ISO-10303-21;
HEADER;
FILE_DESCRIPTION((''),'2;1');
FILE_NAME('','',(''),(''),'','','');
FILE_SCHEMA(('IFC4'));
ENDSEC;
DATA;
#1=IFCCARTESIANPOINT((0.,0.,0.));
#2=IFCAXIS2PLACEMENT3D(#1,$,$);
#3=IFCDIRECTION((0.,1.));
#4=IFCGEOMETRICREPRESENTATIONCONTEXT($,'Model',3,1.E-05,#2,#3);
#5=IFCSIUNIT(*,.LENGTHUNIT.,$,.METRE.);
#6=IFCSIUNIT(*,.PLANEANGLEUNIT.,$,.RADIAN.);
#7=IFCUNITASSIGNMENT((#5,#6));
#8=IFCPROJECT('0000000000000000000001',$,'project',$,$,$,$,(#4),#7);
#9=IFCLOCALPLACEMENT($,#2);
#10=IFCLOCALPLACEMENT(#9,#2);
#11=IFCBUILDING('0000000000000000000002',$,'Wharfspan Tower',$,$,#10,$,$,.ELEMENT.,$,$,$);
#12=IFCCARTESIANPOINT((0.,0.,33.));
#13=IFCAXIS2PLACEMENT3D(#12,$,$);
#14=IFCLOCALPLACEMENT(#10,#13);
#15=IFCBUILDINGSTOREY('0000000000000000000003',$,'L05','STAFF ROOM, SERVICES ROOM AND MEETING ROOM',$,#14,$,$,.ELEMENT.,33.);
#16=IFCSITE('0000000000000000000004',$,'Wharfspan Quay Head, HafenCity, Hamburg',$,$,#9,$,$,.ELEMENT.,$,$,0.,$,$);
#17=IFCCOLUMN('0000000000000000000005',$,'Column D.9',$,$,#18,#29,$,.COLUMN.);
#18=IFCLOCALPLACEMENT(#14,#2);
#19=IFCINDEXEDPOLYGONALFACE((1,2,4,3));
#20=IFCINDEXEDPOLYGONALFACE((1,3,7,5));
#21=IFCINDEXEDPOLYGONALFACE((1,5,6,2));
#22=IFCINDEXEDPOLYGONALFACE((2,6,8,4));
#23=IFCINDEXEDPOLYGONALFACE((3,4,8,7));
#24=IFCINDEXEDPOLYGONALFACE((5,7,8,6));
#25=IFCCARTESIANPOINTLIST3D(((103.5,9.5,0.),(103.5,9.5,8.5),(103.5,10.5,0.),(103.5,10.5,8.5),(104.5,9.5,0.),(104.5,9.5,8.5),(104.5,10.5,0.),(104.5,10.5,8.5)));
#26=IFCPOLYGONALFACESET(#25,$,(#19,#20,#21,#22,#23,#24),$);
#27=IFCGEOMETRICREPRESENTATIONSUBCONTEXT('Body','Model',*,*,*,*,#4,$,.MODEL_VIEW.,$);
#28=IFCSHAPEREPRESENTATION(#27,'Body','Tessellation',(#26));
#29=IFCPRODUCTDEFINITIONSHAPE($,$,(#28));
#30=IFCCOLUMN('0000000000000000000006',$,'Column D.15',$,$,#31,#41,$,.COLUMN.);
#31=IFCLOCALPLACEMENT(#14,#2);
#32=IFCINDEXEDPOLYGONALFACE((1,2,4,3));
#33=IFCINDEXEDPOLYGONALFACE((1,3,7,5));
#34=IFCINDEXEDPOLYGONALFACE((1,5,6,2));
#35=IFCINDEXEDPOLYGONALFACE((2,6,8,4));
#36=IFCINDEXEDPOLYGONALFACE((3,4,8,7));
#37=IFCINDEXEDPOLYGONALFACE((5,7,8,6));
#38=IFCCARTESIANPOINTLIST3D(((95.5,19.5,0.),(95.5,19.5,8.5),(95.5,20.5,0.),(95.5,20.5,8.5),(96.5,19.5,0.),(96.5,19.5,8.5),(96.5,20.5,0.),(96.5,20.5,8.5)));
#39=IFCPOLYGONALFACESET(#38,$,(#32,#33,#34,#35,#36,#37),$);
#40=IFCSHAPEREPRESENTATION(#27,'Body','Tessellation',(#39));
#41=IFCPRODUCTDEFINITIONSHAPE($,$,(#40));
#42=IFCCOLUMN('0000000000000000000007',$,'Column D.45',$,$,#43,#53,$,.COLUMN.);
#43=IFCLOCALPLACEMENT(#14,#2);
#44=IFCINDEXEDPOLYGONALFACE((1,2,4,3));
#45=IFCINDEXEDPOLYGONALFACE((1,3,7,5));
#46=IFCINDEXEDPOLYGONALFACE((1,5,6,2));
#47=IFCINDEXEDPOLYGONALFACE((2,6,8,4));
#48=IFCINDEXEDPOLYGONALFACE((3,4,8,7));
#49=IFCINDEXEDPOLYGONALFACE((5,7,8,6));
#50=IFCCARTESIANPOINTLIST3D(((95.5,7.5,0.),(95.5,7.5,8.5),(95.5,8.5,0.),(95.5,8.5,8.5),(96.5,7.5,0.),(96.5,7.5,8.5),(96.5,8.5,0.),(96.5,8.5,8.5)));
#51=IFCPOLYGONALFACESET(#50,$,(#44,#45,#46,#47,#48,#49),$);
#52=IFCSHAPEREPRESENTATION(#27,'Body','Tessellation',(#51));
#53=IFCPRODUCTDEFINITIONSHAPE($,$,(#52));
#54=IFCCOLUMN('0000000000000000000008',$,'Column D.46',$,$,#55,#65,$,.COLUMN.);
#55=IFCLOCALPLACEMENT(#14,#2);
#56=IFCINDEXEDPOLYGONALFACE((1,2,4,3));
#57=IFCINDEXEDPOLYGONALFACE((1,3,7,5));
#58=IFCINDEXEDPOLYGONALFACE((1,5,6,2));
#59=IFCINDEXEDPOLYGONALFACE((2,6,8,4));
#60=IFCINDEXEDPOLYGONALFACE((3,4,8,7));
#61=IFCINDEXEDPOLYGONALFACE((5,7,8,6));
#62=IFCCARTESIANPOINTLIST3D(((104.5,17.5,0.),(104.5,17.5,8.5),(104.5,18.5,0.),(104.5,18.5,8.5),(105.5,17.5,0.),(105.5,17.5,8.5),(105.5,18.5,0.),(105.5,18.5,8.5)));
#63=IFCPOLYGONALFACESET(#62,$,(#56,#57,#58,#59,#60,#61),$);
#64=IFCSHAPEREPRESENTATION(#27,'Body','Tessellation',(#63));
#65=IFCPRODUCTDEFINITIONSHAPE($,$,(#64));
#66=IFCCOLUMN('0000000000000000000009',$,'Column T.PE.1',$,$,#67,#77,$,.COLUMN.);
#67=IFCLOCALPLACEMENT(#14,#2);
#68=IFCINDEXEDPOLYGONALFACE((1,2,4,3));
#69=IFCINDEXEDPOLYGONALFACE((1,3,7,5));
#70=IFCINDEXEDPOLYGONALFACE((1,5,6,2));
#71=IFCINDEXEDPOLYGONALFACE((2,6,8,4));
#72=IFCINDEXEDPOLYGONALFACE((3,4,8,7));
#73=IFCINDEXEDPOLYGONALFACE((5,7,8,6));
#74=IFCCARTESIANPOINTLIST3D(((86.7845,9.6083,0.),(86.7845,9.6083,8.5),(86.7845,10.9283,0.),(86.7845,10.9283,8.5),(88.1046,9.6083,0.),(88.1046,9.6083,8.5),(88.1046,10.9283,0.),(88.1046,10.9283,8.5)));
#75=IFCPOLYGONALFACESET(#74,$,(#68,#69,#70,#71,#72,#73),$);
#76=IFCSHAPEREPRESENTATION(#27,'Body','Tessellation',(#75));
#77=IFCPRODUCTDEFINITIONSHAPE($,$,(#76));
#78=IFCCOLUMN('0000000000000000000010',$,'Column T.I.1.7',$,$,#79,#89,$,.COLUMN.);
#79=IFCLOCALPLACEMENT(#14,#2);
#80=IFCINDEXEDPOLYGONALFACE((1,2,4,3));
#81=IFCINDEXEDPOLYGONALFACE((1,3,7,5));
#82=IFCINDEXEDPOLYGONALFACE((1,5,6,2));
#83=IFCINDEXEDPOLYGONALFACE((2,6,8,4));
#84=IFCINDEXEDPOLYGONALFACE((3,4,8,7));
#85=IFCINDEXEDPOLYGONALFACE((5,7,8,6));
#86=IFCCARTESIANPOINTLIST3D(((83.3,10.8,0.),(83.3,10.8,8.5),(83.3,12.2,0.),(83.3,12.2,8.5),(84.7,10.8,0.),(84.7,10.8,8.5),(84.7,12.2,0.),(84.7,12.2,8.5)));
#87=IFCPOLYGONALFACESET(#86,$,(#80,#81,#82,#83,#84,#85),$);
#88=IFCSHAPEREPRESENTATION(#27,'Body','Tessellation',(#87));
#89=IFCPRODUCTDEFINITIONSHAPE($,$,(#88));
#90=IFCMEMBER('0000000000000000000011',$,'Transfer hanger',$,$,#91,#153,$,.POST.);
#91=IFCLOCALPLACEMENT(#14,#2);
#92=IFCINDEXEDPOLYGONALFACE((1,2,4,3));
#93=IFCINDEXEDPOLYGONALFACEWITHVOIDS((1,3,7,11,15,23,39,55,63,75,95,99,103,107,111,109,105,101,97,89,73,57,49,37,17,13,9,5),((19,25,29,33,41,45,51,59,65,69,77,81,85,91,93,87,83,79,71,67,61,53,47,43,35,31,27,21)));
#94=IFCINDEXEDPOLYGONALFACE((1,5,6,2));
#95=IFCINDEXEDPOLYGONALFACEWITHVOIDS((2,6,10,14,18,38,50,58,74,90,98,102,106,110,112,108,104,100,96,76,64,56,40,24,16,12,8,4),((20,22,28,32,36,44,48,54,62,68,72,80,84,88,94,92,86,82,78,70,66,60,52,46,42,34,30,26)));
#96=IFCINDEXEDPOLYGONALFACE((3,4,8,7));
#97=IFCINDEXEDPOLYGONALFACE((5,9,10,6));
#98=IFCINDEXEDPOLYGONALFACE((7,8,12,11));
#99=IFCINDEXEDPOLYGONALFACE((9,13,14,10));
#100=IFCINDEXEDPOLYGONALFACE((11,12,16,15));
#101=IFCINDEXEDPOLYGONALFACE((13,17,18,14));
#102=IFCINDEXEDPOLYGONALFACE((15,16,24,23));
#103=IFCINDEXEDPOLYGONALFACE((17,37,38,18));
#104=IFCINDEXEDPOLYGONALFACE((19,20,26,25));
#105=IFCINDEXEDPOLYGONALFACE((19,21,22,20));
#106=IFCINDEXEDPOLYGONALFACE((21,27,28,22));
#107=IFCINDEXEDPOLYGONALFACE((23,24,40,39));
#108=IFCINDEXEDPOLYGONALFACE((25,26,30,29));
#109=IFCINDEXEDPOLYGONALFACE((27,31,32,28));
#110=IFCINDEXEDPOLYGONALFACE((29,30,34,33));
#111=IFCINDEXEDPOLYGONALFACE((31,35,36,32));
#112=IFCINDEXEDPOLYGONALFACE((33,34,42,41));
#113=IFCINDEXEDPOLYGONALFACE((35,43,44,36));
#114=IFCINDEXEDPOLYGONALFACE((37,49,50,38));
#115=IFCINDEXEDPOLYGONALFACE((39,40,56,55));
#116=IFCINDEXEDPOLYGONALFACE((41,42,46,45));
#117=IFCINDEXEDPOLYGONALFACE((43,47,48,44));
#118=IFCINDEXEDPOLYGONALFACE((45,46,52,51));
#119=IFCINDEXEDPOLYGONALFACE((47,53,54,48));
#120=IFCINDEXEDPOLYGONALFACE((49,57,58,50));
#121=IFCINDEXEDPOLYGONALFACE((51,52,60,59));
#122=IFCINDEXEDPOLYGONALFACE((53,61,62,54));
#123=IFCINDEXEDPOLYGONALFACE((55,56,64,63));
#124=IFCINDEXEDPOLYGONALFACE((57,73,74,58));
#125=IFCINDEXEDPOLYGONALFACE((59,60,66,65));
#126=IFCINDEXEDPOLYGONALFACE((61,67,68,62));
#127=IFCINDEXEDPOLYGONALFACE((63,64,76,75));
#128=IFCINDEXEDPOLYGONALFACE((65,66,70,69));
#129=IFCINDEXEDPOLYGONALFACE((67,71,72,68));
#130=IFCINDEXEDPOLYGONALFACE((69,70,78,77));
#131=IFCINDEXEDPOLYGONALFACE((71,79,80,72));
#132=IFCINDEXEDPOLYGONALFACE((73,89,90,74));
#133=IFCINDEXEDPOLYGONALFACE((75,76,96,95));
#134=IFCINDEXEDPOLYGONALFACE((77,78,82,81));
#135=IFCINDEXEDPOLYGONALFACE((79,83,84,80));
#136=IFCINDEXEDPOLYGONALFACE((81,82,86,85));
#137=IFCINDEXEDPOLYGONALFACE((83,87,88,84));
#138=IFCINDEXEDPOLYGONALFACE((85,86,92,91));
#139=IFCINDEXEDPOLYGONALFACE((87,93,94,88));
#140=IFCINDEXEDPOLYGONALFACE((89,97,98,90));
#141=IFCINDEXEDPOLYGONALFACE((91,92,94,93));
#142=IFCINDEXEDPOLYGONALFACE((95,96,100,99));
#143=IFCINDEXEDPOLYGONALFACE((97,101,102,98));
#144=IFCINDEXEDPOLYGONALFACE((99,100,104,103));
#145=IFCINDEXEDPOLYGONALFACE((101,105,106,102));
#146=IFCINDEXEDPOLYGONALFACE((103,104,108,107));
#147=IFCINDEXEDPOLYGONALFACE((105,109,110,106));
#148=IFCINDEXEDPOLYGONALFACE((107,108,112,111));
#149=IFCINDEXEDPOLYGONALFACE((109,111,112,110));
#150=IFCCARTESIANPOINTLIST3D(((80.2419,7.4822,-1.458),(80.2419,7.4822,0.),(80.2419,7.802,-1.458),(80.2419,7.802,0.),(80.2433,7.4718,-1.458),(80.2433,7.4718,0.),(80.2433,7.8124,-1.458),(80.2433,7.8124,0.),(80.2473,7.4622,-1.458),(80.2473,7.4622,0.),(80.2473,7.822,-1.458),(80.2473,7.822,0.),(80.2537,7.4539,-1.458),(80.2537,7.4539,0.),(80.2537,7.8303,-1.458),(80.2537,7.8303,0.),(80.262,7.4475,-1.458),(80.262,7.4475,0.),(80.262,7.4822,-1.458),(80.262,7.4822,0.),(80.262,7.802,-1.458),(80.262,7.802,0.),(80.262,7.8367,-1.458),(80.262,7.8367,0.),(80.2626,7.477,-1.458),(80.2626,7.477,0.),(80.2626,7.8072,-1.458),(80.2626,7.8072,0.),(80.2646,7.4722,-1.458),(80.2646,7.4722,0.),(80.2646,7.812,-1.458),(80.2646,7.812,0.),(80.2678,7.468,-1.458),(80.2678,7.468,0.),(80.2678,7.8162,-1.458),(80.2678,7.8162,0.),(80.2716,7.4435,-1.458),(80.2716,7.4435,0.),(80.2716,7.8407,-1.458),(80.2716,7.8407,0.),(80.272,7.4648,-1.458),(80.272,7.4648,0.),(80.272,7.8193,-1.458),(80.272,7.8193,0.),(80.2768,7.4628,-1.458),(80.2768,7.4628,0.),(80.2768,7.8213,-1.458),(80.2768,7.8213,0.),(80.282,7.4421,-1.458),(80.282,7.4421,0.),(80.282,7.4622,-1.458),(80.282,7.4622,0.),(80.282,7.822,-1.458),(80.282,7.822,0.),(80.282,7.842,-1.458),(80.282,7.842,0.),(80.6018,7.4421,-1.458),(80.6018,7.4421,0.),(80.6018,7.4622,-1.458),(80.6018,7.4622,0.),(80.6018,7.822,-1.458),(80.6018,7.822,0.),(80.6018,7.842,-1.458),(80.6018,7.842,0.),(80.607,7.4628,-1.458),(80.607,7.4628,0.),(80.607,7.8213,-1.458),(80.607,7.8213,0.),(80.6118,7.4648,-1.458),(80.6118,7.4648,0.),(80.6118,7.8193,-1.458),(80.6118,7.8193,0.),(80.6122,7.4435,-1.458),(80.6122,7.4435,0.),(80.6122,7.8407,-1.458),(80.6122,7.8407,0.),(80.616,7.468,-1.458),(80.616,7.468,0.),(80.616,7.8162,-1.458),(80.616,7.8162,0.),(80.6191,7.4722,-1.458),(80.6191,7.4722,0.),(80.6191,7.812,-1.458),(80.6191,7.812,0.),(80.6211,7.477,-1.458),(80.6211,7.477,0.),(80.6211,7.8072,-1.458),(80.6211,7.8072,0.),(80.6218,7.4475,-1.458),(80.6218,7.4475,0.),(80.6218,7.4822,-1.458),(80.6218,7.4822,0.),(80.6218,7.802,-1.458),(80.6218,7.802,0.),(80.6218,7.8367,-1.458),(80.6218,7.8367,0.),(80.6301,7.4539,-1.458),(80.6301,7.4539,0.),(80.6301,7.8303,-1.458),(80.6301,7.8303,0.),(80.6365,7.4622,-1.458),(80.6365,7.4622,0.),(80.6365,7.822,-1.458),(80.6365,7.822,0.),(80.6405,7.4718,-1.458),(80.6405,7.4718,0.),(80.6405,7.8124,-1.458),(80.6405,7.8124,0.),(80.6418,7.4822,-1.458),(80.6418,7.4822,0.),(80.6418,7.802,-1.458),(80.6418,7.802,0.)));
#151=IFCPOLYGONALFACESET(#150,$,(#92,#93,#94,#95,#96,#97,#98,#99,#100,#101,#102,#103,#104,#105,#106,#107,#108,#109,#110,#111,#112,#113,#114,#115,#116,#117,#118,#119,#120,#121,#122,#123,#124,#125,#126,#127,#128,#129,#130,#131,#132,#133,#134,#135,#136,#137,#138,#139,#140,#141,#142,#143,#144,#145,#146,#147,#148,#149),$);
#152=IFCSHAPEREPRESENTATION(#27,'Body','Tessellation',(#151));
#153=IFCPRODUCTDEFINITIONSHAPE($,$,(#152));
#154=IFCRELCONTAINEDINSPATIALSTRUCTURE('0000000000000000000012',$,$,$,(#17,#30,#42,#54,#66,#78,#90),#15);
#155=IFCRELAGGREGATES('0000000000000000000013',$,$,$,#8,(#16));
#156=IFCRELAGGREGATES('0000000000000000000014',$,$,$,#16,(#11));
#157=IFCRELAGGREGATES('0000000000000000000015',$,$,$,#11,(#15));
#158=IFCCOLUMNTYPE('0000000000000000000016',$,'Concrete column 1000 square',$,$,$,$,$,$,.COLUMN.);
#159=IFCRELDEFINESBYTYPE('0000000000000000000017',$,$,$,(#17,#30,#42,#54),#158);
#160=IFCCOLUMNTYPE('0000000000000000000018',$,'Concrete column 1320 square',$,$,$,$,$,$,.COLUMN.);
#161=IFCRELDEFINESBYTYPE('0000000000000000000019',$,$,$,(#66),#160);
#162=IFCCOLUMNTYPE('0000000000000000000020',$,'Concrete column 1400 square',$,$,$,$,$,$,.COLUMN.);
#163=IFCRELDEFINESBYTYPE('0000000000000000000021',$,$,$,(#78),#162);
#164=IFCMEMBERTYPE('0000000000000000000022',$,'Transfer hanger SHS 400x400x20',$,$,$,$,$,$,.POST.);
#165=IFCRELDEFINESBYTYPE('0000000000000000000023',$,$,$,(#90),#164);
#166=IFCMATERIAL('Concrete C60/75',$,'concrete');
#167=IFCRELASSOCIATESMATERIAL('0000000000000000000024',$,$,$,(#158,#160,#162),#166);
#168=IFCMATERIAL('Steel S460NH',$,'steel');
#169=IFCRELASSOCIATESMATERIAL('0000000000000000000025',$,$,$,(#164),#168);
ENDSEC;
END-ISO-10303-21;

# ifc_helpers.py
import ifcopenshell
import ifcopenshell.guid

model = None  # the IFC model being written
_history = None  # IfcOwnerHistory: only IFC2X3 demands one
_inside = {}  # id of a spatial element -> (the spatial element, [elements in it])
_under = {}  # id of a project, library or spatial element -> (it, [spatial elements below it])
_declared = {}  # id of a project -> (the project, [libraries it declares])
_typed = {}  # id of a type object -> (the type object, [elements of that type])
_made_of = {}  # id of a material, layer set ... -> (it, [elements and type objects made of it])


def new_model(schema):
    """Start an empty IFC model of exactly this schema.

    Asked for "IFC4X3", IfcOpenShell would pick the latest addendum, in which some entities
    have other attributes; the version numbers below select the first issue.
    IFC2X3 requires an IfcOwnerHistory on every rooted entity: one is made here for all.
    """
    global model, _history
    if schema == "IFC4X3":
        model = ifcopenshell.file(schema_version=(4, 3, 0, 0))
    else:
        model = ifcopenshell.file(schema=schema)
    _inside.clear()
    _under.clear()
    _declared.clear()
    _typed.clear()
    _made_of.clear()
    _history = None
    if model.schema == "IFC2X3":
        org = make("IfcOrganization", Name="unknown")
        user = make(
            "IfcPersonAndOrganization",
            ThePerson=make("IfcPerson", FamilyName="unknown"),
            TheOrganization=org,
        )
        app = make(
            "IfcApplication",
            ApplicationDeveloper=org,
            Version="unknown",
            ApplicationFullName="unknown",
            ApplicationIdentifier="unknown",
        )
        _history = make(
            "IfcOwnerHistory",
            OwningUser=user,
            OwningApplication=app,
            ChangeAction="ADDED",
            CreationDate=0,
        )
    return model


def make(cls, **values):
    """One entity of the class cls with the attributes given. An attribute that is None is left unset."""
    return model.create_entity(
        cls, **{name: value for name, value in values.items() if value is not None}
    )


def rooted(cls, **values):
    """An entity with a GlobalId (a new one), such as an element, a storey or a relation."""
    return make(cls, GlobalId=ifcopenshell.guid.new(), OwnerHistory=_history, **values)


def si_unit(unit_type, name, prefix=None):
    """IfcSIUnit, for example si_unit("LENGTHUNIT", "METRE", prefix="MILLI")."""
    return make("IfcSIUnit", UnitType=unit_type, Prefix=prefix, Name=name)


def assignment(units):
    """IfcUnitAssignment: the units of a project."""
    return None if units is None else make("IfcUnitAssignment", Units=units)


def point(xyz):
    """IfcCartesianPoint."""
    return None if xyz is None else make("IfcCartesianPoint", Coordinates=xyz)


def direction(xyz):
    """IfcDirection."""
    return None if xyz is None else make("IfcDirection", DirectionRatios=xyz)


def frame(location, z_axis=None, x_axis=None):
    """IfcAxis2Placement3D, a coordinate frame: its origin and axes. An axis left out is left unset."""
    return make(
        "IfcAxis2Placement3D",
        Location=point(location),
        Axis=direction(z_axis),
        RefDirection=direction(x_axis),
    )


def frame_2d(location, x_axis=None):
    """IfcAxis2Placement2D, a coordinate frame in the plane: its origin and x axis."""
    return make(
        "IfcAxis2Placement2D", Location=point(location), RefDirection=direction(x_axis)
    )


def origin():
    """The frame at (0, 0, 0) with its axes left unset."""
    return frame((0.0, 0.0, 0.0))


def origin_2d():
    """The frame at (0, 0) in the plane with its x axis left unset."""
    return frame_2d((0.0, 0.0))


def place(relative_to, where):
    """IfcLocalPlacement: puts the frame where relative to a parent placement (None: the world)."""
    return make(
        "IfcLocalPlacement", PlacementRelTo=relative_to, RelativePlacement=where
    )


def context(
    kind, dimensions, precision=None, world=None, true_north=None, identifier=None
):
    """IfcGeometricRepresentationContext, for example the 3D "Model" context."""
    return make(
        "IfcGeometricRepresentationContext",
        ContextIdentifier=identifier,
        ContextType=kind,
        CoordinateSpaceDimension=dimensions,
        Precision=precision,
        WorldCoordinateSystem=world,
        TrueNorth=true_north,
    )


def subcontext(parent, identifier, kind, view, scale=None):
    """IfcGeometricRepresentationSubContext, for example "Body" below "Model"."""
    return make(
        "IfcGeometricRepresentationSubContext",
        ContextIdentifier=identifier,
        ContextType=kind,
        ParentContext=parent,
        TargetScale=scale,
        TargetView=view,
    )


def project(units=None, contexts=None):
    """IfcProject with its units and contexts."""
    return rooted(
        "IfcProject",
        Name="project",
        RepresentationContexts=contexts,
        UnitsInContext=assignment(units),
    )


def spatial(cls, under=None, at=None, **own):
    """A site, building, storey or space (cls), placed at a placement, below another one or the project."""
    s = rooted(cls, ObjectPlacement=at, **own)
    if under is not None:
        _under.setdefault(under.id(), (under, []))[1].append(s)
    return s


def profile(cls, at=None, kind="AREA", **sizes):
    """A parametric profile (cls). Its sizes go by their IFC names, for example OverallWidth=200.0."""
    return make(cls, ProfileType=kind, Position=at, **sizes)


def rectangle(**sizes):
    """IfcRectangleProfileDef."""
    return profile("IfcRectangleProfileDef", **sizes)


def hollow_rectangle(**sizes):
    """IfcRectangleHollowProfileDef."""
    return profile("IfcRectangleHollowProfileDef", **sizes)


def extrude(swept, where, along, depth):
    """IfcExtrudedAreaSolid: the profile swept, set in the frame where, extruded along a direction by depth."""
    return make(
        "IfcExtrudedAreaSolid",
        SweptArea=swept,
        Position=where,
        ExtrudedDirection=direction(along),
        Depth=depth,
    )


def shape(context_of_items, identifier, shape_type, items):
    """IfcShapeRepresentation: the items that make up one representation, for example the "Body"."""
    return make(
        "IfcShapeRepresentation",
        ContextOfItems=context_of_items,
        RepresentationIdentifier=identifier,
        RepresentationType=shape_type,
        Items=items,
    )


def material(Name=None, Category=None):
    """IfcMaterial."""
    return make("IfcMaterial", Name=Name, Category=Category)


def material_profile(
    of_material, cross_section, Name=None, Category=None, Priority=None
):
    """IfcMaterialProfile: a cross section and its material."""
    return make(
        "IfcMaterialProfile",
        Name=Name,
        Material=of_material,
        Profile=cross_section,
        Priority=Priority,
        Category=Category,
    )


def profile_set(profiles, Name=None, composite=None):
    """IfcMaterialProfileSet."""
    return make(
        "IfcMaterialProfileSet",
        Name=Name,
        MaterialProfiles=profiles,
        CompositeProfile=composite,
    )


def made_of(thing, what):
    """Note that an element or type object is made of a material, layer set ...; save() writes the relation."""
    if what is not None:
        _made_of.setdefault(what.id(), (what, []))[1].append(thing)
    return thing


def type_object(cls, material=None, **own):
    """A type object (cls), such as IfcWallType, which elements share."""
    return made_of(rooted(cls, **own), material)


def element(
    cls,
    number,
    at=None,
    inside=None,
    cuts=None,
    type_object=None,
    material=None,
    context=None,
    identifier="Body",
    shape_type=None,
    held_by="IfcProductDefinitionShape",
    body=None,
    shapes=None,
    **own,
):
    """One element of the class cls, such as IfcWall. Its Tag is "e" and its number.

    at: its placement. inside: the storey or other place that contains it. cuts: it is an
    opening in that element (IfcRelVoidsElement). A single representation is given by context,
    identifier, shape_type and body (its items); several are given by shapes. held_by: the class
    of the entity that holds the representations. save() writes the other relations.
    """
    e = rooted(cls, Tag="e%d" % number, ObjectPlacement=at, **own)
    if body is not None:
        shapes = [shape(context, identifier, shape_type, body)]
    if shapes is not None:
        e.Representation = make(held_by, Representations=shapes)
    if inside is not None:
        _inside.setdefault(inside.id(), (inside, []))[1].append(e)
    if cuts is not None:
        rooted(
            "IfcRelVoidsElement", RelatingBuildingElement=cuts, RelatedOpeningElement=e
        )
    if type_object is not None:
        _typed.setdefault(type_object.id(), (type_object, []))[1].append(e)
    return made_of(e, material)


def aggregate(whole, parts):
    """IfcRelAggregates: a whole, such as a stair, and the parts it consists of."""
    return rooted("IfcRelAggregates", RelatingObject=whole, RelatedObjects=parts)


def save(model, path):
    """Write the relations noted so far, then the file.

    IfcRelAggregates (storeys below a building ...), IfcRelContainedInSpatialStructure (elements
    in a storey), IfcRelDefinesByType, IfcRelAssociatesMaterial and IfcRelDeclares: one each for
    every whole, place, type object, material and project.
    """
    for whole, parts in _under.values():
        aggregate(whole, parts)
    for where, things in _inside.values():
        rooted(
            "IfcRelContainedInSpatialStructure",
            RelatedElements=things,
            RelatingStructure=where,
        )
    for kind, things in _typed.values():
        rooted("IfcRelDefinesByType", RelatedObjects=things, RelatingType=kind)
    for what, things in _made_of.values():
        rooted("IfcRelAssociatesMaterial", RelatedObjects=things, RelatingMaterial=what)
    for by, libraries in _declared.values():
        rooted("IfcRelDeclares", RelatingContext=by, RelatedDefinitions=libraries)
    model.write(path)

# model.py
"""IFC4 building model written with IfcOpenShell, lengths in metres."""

from ifc_helpers import new_model, si_unit, direction, frame, origin, origin_2d, place, context, subcontext, project, spatial, rectangle, hollow_rectangle, extrude, material, material_profile, profile_set, type_object, element, save


model = new_model("IFC4")

# Units and contexts
model_context = context("Model", 3, precision=1e-05, world=origin(), true_north=direction((0.0, 1.0)))
body_context = subcontext(model_context, "Body", "Model", "MODEL_VIEW")
ifc_project = project(units=[si_unit("LENGTHUNIT", "METRE"), si_unit("PLANEANGLEUNIT", "RADIAN")], contexts=[model_context])

# Site, building, storey
site_placement = place(None, origin())
site = spatial("IfcSite", under=ifc_project, at=site_placement, Name="Wharfspan Quay Head, HafenCity, Hamburg", CompositionType="ELEMENT", RefElevation=0.0)
building_placement = place(site_placement, origin())
building = spatial("IfcBuilding", under=site, at=building_placement, Name="Wharfspan Tower", CompositionType="ELEMENT")
storey_placement = place(building_placement, frame((0.0, 0.0, 33.0)))
storey = spatial("IfcBuildingStorey", under=building, at=storey_placement, Name="L05", Description="STAFF ROOM, SERVICES ROOM AND MEETING ROOM", CompositionType="ELEMENT", Elevation=33.0)

# Columns
ifc_material_1 = material(Name="Concrete C60/75", Category="concrete")
ifc_material_profile_1 = material_profile(ifc_material_1, rectangle(XDim=1.0, YDim=1.0, at=origin_2d()))
ifc_profile_set_1 = profile_set([ifc_material_profile_1], Name="Concrete C60/75")
column_type_1 = type_object("IfcColumnType", Name="Concrete column 1000 square", PredefinedType="COLUMN", material=ifc_profile_set_1)
for number, where, z_axis, x_axis, name in (
    (1, (104.0, 10.0, 0.0), (0.0, 0.0, 1.0), (1.0, 0.0, 0.0), "Column D.9"),
    (2, (96.0, 20.0, 0.0), (0.0, 0.0, 1.0), (1.0, 0.0, 0.0), "Column D.15"),
    (3, (96.0, 8.0, 0.0), (0.0, 0.0, 1.0), (1.0, 0.0, 0.0), "Column D.45"),
    (4, (105.0, 18.0, 0.0), (0.0, 0.0, 1.0), (1.0, 0.0, 0.0), "Column D.46"),
):
    element("IfcColumn", number, at=place(storey_placement, frame(where, z_axis=z_axis, x_axis=x_axis)), inside=storey, type_object=column_type_1, Name=name, PredefinedType="COLUMN", context=body_context, shape_type="SweptSolid", body=[
        extrude(rectangle(XDim=1.0, YDim=1.0, at=origin_2d()), origin(), (0.0, 0.0, 1.0), 8.5),
    ])
ifc_material_profile_2 = material_profile(ifc_material_1, rectangle(XDim=1.3201, YDim=1.3201, at=origin_2d()))
ifc_profile_set_2 = profile_set([ifc_material_profile_2], Name="Concrete C60/75")
column_type_2 = type_object("IfcColumnType", Name="Concrete column 1320 square", PredefinedType="COLUMN", material=ifc_profile_set_2)
column_1_placement = place(storey_placement, frame((87.4446, 10.2683, 0.0), z_axis=(0.0, 0.0, 1.0), x_axis=(1.0, 0.0, 0.0)))
element("IfcColumn", 5, at=column_1_placement, inside=storey, type_object=column_type_2, Name="Column T.PE.1", PredefinedType="COLUMN", context=body_context, shape_type="SweptSolid", body=[
    extrude(rectangle(XDim=1.3201, YDim=1.3201, at=origin_2d()), origin(), (0.0, 0.0, 1.0), 8.5),
])
ifc_material_profile_3 = material_profile(ifc_material_1, rectangle(XDim=1.3999, YDim=1.3999, at=origin_2d()))
ifc_profile_set_3 = profile_set([ifc_material_profile_3], Name="Concrete C60/75")
column_type_3 = type_object("IfcColumnType", Name="Concrete column 1400 square", PredefinedType="COLUMN", material=ifc_profile_set_3)
column_2_placement = place(storey_placement, frame((84.0, 11.5, 0.0), z_axis=(0.0, 0.0, 1.0), x_axis=(1.0, 0.0, 0.0)))
element("IfcColumn", 6, at=column_2_placement, inside=storey, type_object=column_type_3, Name="Column T.I.1.7", PredefinedType="COLUMN", context=body_context, shape_type="SweptSolid", body=[
    extrude(rectangle(XDim=1.3999, YDim=1.3999, at=origin_2d()), origin(), (0.0, 0.0, 1.0), 8.5),
])

# Member
ifc_material_2 = material(Name="Steel S460NH", Category="steel")
ifc_material_profile_4 = material_profile(ifc_material_2, hollow_rectangle(XDim=0.3999, YDim=0.3999, WallThickness=0.02, InnerFilletRadius=0.02, OuterFilletRadius=0.04, at=origin_2d()))
ifc_profile_set_4 = profile_set([ifc_material_profile_4], Name="Steel S460NH")
member_type_1 = type_object("IfcMemberType", Name="Transfer hanger SHS 400x400x20", PredefinedType="POST", material=ifc_profile_set_4)
member_1_placement = place(storey_placement, frame((80.4419, 7.6421, -1.458), z_axis=(0.0, 0.0, 1.0), x_axis=(1.0, 0.0, 0.0)))
element("IfcMember", 7, at=member_1_placement, inside=storey, type_object=member_type_1, Name="Transfer hanger", PredefinedType="POST", context=body_context, shape_type="SweptSolid", body=[
    extrude(hollow_rectangle(XDim=0.3999, YDim=0.3999, WallThickness=0.02, InnerFilletRadius=0.02, OuterFilletRadius=0.04, at=origin_2d()), origin(), (0.0, 0.0, 1.0), 1.458),
])

save(model, "model.ifc")
